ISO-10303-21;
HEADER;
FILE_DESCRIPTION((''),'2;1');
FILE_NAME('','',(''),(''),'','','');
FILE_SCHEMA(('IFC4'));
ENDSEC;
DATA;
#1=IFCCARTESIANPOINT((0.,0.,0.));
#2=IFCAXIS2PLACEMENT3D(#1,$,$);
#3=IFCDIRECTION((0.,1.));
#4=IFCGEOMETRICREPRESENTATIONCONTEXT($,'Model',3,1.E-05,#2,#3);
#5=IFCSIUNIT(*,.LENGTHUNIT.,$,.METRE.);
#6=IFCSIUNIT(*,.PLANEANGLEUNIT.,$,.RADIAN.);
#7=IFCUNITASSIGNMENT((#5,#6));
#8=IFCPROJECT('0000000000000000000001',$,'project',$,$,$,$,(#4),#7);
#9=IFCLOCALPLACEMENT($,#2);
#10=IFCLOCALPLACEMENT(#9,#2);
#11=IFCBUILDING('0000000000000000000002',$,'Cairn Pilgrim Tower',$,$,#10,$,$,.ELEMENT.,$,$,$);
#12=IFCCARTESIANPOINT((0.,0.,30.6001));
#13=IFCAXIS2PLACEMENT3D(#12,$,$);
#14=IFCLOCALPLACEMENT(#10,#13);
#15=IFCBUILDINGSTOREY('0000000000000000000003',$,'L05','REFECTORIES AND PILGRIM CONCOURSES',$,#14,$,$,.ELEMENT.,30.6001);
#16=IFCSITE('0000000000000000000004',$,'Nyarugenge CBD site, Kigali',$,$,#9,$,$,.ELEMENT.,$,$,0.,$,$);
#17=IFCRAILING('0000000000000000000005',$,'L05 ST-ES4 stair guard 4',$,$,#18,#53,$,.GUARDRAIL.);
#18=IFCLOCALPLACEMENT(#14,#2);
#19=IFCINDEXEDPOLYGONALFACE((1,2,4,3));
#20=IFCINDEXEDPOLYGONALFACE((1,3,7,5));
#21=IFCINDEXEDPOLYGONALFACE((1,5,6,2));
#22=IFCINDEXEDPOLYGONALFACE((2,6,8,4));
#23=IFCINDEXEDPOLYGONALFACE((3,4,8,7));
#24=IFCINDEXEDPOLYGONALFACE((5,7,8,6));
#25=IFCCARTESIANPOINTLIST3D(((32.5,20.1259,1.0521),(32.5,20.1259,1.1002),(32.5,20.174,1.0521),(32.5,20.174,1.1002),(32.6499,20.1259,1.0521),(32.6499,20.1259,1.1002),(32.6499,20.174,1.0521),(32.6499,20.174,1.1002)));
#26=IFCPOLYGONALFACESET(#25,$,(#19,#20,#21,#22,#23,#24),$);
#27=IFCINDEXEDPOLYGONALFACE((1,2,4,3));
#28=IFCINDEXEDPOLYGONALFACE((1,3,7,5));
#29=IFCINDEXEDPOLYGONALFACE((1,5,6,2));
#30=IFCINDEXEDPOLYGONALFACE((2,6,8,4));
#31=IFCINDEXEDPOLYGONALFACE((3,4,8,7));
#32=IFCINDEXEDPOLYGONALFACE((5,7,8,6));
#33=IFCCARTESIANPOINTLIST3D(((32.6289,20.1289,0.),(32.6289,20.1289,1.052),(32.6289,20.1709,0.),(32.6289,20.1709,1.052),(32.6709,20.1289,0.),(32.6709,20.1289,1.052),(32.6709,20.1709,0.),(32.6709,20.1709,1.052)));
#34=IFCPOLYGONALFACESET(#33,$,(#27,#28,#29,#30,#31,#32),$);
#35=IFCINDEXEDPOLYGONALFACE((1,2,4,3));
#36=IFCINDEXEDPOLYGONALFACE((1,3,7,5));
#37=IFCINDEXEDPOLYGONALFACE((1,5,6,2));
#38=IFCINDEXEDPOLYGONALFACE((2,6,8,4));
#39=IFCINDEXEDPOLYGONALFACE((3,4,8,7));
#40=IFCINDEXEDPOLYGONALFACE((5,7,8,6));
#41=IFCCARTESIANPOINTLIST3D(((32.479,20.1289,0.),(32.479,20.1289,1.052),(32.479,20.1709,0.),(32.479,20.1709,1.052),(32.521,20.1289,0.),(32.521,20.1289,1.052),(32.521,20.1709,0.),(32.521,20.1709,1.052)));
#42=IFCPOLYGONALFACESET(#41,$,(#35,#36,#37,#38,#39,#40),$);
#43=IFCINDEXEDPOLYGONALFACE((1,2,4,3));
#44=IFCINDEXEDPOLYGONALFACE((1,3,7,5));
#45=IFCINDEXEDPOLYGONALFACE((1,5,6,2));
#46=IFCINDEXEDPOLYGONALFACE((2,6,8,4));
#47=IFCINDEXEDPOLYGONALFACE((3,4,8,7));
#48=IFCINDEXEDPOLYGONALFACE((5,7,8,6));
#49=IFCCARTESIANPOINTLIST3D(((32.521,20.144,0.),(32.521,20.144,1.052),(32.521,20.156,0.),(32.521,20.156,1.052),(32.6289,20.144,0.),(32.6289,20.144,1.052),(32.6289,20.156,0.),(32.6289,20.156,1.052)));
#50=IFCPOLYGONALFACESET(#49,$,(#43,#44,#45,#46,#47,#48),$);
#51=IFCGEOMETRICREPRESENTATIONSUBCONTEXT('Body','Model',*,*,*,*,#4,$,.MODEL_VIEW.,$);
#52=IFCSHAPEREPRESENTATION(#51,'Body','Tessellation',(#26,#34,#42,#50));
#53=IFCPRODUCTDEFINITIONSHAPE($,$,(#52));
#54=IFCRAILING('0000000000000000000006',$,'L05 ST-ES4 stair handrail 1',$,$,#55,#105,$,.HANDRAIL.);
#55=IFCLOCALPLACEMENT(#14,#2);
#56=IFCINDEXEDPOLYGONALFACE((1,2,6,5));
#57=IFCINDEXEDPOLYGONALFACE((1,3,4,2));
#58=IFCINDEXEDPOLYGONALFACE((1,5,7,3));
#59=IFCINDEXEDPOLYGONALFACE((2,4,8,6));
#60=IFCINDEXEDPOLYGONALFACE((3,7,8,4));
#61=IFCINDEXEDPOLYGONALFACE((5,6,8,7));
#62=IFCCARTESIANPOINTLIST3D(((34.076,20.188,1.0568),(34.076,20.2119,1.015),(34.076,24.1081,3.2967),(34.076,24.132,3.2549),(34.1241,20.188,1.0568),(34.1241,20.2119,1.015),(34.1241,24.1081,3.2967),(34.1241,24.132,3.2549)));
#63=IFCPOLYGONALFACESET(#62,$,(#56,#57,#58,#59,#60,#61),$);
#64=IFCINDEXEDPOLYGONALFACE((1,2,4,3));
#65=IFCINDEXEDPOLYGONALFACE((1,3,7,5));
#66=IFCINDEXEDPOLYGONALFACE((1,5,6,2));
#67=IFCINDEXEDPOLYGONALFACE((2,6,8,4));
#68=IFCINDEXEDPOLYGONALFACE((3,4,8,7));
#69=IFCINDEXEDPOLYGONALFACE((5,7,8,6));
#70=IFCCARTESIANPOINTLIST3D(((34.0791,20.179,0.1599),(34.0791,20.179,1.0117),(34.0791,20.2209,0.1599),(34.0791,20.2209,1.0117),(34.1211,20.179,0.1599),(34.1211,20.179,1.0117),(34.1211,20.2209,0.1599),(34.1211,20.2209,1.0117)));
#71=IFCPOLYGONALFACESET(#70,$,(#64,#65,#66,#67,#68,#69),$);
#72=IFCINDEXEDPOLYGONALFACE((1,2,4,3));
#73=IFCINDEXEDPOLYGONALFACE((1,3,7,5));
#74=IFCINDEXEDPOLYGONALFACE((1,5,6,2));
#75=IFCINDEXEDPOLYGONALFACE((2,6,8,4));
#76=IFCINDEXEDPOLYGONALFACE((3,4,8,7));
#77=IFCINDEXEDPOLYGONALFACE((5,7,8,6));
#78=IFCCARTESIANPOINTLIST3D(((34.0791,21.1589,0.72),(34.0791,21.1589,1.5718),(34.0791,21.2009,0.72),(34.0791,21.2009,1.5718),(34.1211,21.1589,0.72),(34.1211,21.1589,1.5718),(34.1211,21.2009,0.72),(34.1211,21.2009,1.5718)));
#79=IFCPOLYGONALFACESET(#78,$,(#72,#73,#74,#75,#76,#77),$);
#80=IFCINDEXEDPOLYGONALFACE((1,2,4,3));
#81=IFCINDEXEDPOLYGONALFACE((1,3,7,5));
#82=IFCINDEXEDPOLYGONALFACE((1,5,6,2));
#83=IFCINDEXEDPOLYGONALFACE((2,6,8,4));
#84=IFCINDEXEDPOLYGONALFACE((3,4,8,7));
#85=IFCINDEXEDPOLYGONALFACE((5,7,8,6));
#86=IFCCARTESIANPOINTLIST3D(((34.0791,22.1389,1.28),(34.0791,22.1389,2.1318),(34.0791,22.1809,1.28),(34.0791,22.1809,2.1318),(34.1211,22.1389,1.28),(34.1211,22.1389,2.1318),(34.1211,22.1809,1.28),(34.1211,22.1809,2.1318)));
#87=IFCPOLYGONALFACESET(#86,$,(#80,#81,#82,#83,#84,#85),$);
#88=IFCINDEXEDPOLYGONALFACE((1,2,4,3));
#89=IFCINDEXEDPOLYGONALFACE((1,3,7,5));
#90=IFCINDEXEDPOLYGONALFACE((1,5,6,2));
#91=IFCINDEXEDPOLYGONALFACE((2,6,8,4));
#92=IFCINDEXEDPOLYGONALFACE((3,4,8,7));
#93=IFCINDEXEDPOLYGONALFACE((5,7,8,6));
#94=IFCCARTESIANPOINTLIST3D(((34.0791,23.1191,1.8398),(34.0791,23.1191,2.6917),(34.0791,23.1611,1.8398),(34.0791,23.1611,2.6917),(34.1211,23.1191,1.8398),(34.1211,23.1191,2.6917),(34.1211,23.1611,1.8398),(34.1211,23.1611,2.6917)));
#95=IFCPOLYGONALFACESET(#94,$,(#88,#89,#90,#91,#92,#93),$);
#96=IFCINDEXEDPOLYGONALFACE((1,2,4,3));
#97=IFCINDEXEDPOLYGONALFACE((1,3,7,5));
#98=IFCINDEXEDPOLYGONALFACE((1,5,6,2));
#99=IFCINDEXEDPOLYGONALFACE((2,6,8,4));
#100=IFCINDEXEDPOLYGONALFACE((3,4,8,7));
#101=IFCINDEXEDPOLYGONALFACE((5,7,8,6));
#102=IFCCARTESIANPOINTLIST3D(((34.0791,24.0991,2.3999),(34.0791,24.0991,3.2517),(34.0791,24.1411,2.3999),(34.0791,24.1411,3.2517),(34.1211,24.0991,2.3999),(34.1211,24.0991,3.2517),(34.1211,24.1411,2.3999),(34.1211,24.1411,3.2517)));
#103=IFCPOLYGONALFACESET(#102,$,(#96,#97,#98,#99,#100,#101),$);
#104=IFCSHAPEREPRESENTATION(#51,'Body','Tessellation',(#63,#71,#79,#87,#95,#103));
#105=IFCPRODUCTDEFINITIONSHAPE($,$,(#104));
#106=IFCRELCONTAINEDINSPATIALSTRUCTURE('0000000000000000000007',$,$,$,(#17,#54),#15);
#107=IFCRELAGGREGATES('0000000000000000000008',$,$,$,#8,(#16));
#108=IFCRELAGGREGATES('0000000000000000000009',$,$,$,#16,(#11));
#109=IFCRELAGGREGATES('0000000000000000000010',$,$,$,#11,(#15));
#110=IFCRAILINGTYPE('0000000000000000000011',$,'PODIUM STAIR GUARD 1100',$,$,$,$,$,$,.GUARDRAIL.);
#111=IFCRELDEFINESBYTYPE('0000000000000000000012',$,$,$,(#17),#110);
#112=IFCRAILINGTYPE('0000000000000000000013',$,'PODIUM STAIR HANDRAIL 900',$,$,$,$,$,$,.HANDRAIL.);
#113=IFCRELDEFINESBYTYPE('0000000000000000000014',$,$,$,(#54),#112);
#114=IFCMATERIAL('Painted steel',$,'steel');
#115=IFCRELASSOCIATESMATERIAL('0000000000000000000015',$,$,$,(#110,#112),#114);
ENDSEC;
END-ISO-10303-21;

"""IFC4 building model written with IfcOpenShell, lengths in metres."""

from ifc_helpers import new_model, si_unit, direction, frame, origin, origin_2d, place, context, subcontext, project, spatial, polyline, rectangle, outline, extrude, material, type_object, element, save


model = new_model("IFC4")

# Units and contexts
model_context = context("Model", 3, precision=1e-05, world=origin(), true_north=direction((0.0, 1.0)))
body_context = subcontext(model_context, "Body", "Model", "MODEL_VIEW")
ifc_project = project(units=[si_unit("LENGTHUNIT", "METRE"), si_unit("PLANEANGLEUNIT", "RADIAN")], contexts=[model_context])

# Site, building, storey
site_placement = place(None, origin())
site = spatial("IfcSite", under=ifc_project, at=site_placement, Name="Nyarugenge CBD site, Kigali", CompositionType="ELEMENT", RefElevation=0.0)
building_placement = place(site_placement, origin())
building = spatial("IfcBuilding", under=site, at=building_placement, Name="Cairn Pilgrim Tower", CompositionType="ELEMENT")
storey_placement = place(building_placement, frame((0.0, 0.0, 30.6001)))
storey = spatial("IfcBuildingStorey", under=building, at=storey_placement, Name="L05", Description="REFECTORIES AND PILGRIM CONCOURSES", CompositionType="ELEMENT", Elevation=30.6001)

# Railings
ifc_material_1 = material(Name="Painted steel", Category="steel")
railing_type_1 = type_object("IfcRailingType", Name="PODIUM STAIR GUARD 1100", PredefinedType="GUARDRAIL", material=ifc_material_1)
railing_1_placement = place(storey_placement, frame((32.6499, 20.1499, 0.0)))
element("IfcRailing", 1, at=railing_1_placement, inside=storey, type_object=railing_type_1, Name="L05 ST-ES4 stair guard 4", PredefinedType="GUARDRAIL", context=body_context, shape_type="SweptSolid", body=[
    extrude(rectangle(XDim=0.0481, YDim=0.0481, at=origin_2d()), frame((0.0, 0.0, 1.0762), z_axis=(-1.0, 0.0, 0.0), x_axis=(0.0, -1.0, 0.0)), (0.0, 0.0, 1.0), 0.1499),
    extrude(rectangle(XDim=0.042, YDim=0.042, at=origin_2d()), origin(), (0.0, 0.0, 1.0), 1.052),
    extrude(rectangle(XDim=0.042, YDim=0.042, at=origin_2d()), frame((-0.1499, 0.0, 0.0)), (0.0, 0.0, 1.0), 1.052),
    extrude(outline(polyline([(0.021, 0.0), (0.1289, 0.0), (0.1289, 1.052), (0.021, 1.052), (0.021, 0.0)])), frame((0.0, -0.0059, 0.0), z_axis=(0.0, 1.0, 0.0), x_axis=(-1.0, 0.0, 0.0)), (0.0, 0.0, 1.0), 0.012),
])
railing_type_2 = type_object("IfcRailingType", Name="PODIUM STAIR HANDRAIL 900", PredefinedType="HANDRAIL", material=ifc_material_1)
railing_2_placement = place(storey_placement, frame((34.1001, 20.2, 0.1599)))
element("IfcRailing", 2, at=railing_2_placement, inside=storey, type_object=railing_type_2, Name="L05 ST-ES4 stair handrail 1", PredefinedType="HANDRAIL", context=body_context, shape_type="SweptSolid", body=[
    extrude(rectangle(XDim=0.0481, YDim=0.0481, at=origin_2d()), frame((0.0, 0.0, 0.876), z_axis=(0.0, 0.868253, 0.496121), x_axis=(-1.0, 0.0, 0.0)), (0.0, 0.0, 1.0), 4.5149),
    extrude(rectangle(XDim=0.042, YDim=0.042, at=origin_2d()), origin(), (0.0, 0.0, 1.0), 0.8518),
    extrude(rectangle(XDim=0.042, YDim=0.042, at=origin_2d()), frame((0.0, 0.98, 0.5601)), (0.0, 0.0, 1.0), 0.8518),
    extrude(rectangle(XDim=0.042, YDim=0.042, at=origin_2d()), frame((0.0, 1.96, 1.1201)), (0.0, 0.0, 1.0), 0.8518),
    extrude(rectangle(XDim=0.042, YDim=0.042, at=origin_2d()), frame((0.0, 2.9402, 1.6799)), (0.0, 0.0, 1.0), 0.8518),
    extrude(rectangle(XDim=0.042, YDim=0.042, at=origin_2d()), frame((0.0, 3.9202, 2.24)), (0.0, 0.0, 1.0), 0.8518),
])

save(model, "model.ifc")
